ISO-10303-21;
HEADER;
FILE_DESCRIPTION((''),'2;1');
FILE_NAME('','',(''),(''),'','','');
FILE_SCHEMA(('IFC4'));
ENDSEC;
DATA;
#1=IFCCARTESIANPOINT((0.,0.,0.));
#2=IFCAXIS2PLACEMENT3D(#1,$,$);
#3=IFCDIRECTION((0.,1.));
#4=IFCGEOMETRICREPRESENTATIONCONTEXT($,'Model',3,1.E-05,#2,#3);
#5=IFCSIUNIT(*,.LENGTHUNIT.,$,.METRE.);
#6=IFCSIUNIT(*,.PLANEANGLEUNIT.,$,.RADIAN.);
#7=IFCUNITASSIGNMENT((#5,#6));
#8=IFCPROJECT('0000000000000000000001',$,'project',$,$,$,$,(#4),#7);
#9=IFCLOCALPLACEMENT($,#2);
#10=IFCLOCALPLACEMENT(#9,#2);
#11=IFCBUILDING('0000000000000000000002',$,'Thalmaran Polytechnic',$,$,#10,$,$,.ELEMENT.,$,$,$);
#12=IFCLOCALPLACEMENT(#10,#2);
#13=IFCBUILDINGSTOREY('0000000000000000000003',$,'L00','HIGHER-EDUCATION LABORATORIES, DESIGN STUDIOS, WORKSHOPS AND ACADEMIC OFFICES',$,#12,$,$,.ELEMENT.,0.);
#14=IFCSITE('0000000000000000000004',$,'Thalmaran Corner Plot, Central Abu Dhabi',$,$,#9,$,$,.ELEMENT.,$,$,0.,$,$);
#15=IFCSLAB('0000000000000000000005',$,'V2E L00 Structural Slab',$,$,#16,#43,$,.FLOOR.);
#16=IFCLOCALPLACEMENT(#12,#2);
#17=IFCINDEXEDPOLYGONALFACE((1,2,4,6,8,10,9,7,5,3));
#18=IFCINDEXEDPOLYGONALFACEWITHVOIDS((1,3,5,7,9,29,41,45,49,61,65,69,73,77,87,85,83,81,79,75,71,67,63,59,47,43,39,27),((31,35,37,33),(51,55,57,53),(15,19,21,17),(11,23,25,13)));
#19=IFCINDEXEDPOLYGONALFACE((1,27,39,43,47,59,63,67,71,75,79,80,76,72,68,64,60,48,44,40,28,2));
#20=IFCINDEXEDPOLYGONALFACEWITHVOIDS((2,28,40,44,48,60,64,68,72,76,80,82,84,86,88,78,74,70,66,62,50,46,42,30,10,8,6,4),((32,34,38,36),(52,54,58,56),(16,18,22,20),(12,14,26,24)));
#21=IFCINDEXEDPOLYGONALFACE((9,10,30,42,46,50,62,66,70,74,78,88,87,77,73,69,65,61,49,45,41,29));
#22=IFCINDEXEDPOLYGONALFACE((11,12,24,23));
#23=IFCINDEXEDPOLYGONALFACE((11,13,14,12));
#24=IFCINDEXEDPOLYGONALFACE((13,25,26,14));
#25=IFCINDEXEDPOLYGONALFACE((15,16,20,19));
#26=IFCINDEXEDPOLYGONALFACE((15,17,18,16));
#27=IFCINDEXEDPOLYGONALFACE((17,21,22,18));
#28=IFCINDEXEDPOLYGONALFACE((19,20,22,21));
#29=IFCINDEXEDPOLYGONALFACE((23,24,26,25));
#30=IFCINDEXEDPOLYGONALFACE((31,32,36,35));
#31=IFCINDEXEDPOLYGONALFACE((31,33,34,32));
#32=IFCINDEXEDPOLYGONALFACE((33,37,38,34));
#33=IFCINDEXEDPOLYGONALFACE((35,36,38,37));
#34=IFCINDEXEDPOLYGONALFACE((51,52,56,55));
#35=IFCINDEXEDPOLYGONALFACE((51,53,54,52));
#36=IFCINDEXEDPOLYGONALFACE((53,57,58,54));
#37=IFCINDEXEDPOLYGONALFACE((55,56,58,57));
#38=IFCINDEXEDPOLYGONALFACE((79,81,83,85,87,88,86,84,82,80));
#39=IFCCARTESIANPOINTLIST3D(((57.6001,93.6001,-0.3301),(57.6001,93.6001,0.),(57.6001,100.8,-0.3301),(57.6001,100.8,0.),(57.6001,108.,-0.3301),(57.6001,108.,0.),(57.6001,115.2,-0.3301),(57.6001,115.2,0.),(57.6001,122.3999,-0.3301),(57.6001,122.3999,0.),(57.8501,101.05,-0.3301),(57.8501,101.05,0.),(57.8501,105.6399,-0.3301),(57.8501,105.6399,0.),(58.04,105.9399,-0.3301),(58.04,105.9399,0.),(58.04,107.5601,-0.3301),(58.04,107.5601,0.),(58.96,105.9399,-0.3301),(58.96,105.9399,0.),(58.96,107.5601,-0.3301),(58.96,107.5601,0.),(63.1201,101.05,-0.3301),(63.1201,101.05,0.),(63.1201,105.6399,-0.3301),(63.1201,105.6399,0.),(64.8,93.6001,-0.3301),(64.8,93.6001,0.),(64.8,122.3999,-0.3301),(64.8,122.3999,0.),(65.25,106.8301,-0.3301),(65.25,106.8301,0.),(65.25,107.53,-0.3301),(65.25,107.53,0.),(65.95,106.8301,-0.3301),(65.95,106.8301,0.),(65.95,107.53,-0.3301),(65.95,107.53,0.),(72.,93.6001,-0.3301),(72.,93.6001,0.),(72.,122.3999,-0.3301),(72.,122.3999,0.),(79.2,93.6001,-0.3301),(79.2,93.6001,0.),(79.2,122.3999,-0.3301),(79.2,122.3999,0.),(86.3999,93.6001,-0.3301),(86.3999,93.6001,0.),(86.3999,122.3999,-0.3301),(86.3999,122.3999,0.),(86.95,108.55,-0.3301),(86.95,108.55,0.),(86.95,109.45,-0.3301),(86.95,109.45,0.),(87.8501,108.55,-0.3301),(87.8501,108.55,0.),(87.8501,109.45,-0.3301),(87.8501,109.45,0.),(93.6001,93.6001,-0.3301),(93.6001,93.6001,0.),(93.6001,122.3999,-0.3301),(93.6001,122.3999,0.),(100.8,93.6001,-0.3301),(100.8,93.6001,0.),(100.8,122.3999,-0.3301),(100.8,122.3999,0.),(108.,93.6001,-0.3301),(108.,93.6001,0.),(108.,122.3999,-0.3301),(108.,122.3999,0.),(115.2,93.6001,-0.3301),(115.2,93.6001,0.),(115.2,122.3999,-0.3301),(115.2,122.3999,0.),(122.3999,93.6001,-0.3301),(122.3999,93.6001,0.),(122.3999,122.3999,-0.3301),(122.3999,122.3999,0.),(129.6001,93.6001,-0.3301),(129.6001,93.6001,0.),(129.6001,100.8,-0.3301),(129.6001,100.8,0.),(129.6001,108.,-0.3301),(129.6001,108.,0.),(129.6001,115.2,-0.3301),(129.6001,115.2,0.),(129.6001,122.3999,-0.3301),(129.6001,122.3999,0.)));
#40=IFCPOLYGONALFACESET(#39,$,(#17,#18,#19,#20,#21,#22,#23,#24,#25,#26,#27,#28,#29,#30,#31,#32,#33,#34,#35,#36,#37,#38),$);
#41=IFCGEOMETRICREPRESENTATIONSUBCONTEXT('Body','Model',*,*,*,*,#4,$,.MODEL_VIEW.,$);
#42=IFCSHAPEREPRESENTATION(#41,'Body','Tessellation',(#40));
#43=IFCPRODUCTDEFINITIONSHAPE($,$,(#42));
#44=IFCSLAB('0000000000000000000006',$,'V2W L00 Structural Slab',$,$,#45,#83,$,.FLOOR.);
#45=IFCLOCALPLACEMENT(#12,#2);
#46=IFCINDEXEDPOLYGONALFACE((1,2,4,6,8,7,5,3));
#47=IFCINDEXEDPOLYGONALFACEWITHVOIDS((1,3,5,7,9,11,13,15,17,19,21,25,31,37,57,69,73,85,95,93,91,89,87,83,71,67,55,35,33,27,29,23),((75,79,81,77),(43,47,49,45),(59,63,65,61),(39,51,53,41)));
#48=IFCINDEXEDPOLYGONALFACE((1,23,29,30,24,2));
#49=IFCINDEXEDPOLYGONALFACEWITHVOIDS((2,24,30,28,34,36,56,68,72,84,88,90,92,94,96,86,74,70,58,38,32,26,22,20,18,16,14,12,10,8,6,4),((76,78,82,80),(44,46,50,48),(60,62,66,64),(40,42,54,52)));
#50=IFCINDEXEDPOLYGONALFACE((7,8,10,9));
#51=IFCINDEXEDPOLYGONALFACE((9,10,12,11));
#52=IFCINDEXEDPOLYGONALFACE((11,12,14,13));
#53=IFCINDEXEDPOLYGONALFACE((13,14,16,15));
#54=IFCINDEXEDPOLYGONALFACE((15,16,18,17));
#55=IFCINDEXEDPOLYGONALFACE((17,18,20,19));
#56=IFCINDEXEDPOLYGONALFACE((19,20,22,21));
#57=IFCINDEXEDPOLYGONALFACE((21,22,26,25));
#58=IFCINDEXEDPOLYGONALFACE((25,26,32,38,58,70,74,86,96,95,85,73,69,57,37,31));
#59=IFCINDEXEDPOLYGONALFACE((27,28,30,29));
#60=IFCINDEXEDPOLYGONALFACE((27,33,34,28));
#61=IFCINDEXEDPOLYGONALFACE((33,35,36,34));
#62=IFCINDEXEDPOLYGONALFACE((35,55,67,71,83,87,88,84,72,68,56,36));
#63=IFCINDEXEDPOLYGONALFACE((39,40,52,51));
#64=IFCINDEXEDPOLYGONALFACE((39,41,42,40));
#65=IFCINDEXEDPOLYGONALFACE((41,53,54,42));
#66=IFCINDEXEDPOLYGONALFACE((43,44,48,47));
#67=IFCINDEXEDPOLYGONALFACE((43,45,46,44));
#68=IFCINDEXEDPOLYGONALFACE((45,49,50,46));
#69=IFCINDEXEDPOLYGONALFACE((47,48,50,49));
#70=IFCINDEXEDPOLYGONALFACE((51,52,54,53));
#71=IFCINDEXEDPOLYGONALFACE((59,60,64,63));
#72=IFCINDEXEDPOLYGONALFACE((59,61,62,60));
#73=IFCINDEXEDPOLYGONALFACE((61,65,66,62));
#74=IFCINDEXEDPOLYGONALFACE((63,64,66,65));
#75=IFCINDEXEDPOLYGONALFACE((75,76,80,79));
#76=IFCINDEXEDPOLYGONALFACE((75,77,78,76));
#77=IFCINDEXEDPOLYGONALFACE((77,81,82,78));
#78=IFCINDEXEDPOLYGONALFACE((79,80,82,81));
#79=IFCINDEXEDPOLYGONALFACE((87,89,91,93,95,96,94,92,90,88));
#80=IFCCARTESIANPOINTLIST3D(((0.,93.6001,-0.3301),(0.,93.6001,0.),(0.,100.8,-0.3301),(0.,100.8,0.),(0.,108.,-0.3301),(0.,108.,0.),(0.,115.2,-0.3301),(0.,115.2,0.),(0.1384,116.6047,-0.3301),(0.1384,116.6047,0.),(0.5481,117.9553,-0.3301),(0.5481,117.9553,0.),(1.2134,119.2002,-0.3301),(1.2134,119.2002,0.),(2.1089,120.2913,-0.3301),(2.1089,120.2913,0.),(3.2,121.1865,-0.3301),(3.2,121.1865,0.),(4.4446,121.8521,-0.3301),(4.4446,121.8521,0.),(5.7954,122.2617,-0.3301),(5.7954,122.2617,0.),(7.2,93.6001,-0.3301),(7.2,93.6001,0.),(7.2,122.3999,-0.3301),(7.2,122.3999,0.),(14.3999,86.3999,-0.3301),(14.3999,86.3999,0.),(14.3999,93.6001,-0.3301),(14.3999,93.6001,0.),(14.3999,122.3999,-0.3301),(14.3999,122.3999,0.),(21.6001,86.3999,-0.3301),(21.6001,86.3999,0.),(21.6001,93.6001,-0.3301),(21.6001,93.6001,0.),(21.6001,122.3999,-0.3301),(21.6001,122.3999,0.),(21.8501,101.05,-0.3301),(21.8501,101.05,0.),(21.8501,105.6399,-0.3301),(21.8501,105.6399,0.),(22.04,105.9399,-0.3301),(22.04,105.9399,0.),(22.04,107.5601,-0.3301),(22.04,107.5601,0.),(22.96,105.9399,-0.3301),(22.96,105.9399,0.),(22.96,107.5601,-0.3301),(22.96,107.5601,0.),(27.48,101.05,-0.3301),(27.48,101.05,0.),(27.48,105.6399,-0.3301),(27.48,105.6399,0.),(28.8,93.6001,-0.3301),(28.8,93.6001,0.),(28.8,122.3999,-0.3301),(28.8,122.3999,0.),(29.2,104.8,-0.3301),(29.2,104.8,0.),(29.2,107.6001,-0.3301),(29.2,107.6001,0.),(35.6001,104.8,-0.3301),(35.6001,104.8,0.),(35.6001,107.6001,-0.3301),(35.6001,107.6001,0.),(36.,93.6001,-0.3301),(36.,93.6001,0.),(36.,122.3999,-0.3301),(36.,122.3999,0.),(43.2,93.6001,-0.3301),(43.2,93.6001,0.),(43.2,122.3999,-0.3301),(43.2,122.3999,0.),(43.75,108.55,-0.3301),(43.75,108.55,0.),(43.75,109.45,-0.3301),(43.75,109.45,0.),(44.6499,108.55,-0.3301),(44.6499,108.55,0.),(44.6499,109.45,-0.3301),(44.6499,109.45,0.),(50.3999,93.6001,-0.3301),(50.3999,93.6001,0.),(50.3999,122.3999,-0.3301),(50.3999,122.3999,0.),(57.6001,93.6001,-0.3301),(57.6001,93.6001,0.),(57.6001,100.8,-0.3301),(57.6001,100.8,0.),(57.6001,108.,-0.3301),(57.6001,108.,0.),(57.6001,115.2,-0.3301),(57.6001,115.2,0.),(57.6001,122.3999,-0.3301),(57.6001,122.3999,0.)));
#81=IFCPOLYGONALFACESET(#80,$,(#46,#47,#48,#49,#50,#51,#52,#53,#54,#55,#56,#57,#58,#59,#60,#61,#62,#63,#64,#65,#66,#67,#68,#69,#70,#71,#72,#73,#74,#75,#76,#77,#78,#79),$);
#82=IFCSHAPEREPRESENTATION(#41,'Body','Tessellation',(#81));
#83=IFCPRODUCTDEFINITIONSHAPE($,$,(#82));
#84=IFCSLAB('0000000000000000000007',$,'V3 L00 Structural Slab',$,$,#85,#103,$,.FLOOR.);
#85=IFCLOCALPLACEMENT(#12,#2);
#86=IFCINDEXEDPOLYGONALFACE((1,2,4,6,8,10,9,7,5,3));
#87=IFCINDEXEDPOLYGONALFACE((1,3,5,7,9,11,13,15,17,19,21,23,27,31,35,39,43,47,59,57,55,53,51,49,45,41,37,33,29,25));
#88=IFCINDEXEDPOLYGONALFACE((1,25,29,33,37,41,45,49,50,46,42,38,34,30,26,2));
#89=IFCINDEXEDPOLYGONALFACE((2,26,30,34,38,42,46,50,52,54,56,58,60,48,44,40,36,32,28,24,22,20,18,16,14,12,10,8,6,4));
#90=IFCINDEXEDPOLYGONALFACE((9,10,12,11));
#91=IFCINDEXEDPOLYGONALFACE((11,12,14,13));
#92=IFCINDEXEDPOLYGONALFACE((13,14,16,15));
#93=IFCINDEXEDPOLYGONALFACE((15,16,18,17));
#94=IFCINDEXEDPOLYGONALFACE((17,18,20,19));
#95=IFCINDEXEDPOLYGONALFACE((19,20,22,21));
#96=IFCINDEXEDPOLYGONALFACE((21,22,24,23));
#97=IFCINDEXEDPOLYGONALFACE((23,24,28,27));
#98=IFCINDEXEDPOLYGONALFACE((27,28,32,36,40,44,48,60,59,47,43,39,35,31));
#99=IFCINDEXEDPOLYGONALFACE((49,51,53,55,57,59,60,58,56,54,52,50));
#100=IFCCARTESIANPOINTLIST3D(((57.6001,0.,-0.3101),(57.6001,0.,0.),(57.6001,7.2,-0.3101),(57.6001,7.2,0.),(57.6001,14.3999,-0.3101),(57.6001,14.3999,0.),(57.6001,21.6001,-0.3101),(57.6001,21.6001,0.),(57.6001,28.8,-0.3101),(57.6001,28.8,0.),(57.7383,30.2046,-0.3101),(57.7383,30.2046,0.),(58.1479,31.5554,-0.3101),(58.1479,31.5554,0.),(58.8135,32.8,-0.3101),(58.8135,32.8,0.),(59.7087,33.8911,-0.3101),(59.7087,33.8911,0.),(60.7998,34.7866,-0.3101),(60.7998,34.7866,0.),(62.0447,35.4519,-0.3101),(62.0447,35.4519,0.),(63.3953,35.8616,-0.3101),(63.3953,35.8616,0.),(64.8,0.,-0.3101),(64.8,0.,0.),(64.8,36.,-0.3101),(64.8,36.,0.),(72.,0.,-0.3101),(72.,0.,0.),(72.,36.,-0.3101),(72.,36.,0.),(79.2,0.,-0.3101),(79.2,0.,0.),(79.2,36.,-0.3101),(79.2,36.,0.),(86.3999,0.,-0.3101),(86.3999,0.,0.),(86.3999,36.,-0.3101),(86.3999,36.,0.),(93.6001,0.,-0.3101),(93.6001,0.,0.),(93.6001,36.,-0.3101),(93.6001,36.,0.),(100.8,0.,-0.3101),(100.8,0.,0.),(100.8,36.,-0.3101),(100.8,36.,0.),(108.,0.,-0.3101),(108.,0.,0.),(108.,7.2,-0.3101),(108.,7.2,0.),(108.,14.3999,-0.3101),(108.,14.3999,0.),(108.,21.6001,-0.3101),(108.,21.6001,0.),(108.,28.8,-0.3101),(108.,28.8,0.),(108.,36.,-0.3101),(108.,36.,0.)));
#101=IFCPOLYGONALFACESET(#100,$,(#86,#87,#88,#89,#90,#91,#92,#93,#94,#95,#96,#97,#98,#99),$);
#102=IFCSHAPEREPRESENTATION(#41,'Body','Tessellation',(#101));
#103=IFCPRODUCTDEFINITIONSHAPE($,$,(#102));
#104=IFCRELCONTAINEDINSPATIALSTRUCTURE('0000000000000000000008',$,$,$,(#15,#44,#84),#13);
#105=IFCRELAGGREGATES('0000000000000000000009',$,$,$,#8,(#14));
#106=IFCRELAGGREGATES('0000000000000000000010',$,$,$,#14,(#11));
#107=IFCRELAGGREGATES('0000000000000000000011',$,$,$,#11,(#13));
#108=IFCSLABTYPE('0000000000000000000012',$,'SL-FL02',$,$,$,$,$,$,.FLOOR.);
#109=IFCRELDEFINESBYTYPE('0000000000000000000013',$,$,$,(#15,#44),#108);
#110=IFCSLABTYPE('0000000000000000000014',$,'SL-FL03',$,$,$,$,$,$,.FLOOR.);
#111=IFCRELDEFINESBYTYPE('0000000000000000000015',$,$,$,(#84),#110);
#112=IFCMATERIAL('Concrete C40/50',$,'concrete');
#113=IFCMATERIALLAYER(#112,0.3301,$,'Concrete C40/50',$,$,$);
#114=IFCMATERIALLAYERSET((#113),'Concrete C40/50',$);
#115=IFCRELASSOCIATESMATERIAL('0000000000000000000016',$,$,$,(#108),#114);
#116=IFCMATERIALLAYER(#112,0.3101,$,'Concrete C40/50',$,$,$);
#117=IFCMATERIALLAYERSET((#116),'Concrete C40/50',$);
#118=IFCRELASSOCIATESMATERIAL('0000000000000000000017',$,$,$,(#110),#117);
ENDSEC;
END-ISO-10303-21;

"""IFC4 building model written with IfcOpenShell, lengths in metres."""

from ifc_helpers import new_model, si_unit, direction, frame, origin, place, context, subcontext, project, spatial, polyline, outline, extrude, material, layer, layer_set, type_object, element, save


model = new_model("IFC4")

# Units and contexts
model_context = context("Model", 3, precision=1e-05, world=origin(), true_north=direction((0.0, 1.0)))
body_context = subcontext(model_context, "Body", "Model", "MODEL_VIEW")
ifc_project = project(units=[si_unit("LENGTHUNIT", "METRE"), si_unit("PLANEANGLEUNIT", "RADIAN")], contexts=[model_context])

# Site, building, storey
site_placement = place(None, origin())
site = spatial("IfcSite", under=ifc_project, at=site_placement, Name="Thalmaran Corner Plot, Central Abu Dhabi", CompositionType="ELEMENT", RefElevation=0.0)
building_placement = place(site_placement, origin())
building = spatial("IfcBuilding", under=site, at=building_placement, Name="Thalmaran Polytechnic", CompositionType="ELEMENT")
storey_placement = place(building_placement, origin())
storey = spatial("IfcBuildingStorey", under=building, at=storey_placement, Name="L00", Description="HIGHER-EDUCATION LABORATORIES, DESIGN STUDIOS, WORKSHOPS AND ACADEMIC OFFICES", CompositionType="ELEMENT", Elevation=0.0)

# Slabs
ifc_material = material(Name="Concrete C40/50", Category="concrete")
ifc_layer_1 = layer(ifc_material, 0.3301, Name="Concrete C40/50")
ifc_layer_set_1 = layer_set([ifc_layer_1], Name="Concrete C40/50")
slab_type_1 = type_object("IfcSlabType", Name="SL-FL02", PredefinedType="FLOOR", material=ifc_layer_set_1)
slab_1_placement = place(storey_placement, frame((0.0, 0.0, -0.3301)))
element("IfcSlab", 1, at=slab_1_placement, inside=storey, type_object=slab_type_1, Name="V2E L00 Structural Slab", PredefinedType="FLOOR", context=body_context, shape_type="SweptSolid", body=[
    extrude(outline(polyline([(57.6001, 100.8), (57.6001, 108.0), (57.6001, 115.2), (57.6001, 122.3999), (64.8, 122.3999), (72.0, 122.3999), (79.2, 122.3999), (86.3999, 122.3999), (93.6001, 122.3999), (100.8, 122.3999), (108.0, 122.3999), (115.2, 122.3999), (122.3999, 122.3999), (129.6001, 122.3999), (129.6001, 115.2), (129.6001, 108.0), (129.6001, 100.8), (129.6001, 93.6001), (122.3999, 93.6001), (115.2, 93.6001), (108.0, 93.6001), (100.8, 93.6001), (93.6001, 93.6001), (86.3999, 93.6001), (79.2, 93.6001), (72.0, 93.6001), (64.8, 93.6001), (57.6001, 93.6001), (57.6001, 100.8)]), holes=[polyline([(87.8501, 109.45), (86.95, 109.45), (86.95, 108.55), (87.8501, 108.55), (87.8501, 109.45)]), polyline([(65.25, 107.53), (65.25, 106.8301), (65.95, 106.8301), (65.95, 107.53), (65.25, 107.53)]), polyline([(63.1201, 101.05), (63.1201, 105.6399), (57.8501, 105.6399), (57.8501, 101.05), (63.1201, 101.05)]), polyline([(58.04, 105.9399), (58.96, 105.9399), (58.96, 107.5601), (58.04, 107.5601), (58.04, 105.9399)])]), origin(), (0.0, 0.0, 1.0), 0.3301),
])
slab_2_placement = place(storey_placement, frame((0.0, 0.0, -0.3301)))
element("IfcSlab", 2, at=slab_2_placement, inside=storey, type_object=slab_type_1, Name="V2W L00 Structural Slab", PredefinedType="FLOOR", context=body_context, shape_type="SweptSolid", body=[
    extrude(outline(polyline([(0.1384, 116.6047), (0.5481, 117.9553), (1.2134, 119.2002), (2.1089, 120.2913), (3.2, 121.1865), (4.4446, 121.8521), (5.7954, 122.2617), (7.2, 122.3999), (14.3999, 122.3999), (21.6001, 122.3999), (28.8, 122.3999), (36.0, 122.3999), (43.2, 122.3999), (50.3999, 122.3999), (57.6001, 122.3999), (57.6001, 115.2), (57.6001, 108.0), (57.6001, 100.8), (57.6001, 93.6001), (50.3999, 93.6001), (43.2, 93.6001), (36.0, 93.6001), (28.8, 93.6001), (21.6001, 93.6001), (21.6001, 86.3999), (14.3999, 86.3999), (14.3999, 93.6001), (7.2, 93.6001), (0.0, 93.6001), (0.0, 100.8), (0.0, 108.0), (0.0, 115.2), (0.1384, 116.6047)]), holes=[polyline([(44.6499, 109.45), (43.75, 109.45), (43.75, 108.55), (44.6499, 108.55), (44.6499, 109.45)]), polyline([(29.2, 107.6001), (29.2, 104.8), (35.6001, 104.8), (35.6001, 107.6001), (29.2, 107.6001)]), polyline([(27.48, 101.05), (27.48, 105.6399), (21.8501, 105.6399), (21.8501, 101.05), (27.48, 101.05)]), polyline([(22.04, 105.9399), (22.96, 105.9399), (22.96, 107.5601), (22.04, 107.5601), (22.04, 105.9399)])]), origin(), (0.0, 0.0, 1.0), 0.3301),
])
ifc_layer_2 = layer(ifc_material, 0.3101, Name="Concrete C40/50")
ifc_layer_set_2 = layer_set([ifc_layer_2], Name="Concrete C40/50")
slab_type_2 = type_object("IfcSlabType", Name="SL-FL03", PredefinedType="FLOOR", material=ifc_layer_set_2)
slab_3_placement = place(storey_placement, frame((0.0, 0.0, -0.3101)))
element("IfcSlab", 3, at=slab_3_placement, inside=storey, type_object=slab_type_2, Name="V3 L00 Structural Slab", PredefinedType="FLOOR", context=body_context, shape_type="SweptSolid", body=[
    extrude(outline(polyline([(72.0, 0.0), (64.8, 0.0), (57.6001, 0.0), (57.6001, 7.2), (57.6001, 14.3999), (57.6001, 21.6001), (57.6001, 28.8), (57.7383, 30.2046), (58.1479, 31.5554), (58.8135, 32.8), (59.7087, 33.8911), (60.7998, 34.7866), (62.0447, 35.4519), (63.3953, 35.8616), (64.8, 36.0), (72.0, 36.0), (79.2, 36.0), (86.3999, 36.0), (93.6001, 36.0), (100.8, 36.0), (108.0, 36.0), (108.0, 28.8), (108.0, 21.6001), (108.0, 14.3999), (108.0, 7.2), (108.0, 0.0), (100.8, 0.0), (93.6001, 0.0), (86.3999, 0.0), (79.2, 0.0), (72.0, 0.0)])), origin(), (0.0, 0.0, 1.0), 0.3101),
])

save(model, "model.ifc")
